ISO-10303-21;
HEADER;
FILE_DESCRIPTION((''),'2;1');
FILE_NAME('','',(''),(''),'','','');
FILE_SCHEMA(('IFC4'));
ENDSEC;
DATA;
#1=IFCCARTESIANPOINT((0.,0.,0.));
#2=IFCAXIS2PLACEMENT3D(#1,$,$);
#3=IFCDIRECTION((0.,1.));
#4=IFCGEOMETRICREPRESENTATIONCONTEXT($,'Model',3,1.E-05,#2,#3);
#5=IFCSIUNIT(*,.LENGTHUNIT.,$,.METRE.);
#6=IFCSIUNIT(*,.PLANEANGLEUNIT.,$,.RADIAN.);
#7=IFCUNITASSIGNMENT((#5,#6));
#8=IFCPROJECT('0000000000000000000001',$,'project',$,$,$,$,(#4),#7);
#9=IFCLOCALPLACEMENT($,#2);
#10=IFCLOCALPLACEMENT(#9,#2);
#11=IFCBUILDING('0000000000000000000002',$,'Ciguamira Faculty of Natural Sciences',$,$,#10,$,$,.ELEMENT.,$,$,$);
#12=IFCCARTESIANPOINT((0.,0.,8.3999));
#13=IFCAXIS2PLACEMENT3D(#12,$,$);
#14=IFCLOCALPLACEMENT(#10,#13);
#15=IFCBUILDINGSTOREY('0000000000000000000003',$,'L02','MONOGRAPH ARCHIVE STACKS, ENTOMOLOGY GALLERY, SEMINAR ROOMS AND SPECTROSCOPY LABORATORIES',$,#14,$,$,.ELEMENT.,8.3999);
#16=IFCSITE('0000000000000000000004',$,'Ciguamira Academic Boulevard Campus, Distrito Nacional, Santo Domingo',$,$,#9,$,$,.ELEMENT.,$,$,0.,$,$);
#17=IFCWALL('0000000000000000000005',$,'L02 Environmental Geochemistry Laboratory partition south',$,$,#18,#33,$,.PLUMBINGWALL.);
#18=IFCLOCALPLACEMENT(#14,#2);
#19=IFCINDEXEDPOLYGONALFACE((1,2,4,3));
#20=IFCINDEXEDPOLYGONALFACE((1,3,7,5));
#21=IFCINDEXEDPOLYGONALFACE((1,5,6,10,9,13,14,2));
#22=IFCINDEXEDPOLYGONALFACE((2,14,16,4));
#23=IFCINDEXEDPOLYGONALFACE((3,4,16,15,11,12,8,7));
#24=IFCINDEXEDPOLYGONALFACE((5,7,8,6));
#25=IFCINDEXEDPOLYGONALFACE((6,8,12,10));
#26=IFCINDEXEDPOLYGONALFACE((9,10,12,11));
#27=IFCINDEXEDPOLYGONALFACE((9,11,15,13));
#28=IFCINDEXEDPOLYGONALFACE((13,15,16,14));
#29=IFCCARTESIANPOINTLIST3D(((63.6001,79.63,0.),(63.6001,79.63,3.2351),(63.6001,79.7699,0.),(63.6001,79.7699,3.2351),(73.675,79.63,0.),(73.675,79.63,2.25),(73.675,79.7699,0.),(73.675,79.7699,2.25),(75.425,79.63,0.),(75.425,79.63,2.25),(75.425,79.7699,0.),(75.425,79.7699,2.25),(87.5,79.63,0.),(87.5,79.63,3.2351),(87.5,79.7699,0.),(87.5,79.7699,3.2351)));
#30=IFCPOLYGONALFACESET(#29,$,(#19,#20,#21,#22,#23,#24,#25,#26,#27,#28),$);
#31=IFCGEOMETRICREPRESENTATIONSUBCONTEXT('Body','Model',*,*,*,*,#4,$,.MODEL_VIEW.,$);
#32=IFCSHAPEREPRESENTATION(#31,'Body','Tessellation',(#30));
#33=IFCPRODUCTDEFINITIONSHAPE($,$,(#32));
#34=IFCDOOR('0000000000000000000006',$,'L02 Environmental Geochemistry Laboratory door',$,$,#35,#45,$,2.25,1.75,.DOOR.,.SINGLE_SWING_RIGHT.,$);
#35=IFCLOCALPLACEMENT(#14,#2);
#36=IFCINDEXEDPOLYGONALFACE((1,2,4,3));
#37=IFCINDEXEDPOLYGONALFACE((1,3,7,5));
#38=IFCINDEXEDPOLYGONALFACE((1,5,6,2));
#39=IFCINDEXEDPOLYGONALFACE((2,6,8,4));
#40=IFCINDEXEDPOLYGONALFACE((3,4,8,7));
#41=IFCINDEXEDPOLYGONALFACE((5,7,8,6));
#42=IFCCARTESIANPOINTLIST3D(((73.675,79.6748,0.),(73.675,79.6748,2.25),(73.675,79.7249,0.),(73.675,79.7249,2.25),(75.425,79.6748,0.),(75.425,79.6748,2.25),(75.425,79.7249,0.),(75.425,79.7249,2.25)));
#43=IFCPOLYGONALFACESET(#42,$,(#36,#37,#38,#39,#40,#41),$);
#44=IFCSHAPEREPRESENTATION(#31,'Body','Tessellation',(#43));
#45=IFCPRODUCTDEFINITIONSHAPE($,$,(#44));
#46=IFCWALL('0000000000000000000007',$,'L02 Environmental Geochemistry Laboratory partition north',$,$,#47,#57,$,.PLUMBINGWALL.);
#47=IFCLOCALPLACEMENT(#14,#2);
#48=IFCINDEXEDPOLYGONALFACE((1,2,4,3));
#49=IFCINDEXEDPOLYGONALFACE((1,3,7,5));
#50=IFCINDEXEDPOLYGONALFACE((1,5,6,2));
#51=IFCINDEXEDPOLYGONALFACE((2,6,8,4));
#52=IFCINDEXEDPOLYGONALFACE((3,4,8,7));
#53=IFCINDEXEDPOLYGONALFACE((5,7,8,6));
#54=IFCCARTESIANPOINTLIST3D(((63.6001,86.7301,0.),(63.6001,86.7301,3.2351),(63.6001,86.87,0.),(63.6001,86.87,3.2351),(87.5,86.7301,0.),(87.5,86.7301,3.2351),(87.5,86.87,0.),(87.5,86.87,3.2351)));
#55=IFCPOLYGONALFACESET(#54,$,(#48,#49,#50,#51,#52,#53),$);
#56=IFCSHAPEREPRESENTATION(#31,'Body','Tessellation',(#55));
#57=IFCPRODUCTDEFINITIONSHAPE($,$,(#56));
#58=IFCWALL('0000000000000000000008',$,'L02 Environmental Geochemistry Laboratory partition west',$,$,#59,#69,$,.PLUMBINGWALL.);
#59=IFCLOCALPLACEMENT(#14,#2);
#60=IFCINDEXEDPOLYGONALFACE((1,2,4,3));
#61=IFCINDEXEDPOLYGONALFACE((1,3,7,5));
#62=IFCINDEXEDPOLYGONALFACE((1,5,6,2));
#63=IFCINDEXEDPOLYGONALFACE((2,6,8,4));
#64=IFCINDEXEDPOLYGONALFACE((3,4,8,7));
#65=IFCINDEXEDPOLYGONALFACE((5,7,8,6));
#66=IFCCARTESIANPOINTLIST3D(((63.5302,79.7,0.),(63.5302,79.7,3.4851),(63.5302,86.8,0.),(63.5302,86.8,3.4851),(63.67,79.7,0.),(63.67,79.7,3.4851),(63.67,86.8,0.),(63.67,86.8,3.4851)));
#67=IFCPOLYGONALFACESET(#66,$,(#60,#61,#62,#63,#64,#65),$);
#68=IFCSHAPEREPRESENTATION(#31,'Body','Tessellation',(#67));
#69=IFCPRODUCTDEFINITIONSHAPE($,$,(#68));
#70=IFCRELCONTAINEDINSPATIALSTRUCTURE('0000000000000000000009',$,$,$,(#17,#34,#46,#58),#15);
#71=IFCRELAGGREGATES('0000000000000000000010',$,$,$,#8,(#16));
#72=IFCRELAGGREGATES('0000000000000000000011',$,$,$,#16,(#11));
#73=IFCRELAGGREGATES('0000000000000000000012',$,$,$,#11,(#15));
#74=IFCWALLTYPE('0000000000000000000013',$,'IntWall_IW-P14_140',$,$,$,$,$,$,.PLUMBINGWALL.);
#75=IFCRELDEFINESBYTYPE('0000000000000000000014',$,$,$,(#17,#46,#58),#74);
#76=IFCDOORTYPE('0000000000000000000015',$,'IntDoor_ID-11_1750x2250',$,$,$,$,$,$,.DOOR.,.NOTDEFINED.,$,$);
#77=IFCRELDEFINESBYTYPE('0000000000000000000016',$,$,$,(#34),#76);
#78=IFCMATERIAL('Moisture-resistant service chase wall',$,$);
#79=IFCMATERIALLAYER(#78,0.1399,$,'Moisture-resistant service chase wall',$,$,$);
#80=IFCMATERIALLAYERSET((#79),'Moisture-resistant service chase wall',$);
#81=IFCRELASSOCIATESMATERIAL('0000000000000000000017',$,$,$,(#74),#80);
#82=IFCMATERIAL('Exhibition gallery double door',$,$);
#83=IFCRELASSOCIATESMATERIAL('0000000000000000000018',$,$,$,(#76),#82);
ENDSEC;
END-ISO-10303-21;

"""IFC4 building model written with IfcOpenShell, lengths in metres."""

from ifc_helpers import new_model, si_unit, direction, frame, frame_2d, origin, place, context, subcontext, project, spatial, rectangle, extrude, material, layer, layer_set, type_object, element, fill, save


model = new_model("IFC4")

# Units and contexts
model_context = context("Model", 3, precision=1e-05, world=origin(), true_north=direction((0.0, 1.0)))
body_context = subcontext(model_context, "Body", "Model", "MODEL_VIEW")
ifc_project = project(units=[si_unit("LENGTHUNIT", "METRE"), si_unit("PLANEANGLEUNIT", "RADIAN")], contexts=[model_context])

# Site, building, storey
site_placement = place(None, origin())
site = spatial("IfcSite", under=ifc_project, at=site_placement, Name="Ciguamira Academic Boulevard Campus, Distrito Nacional, Santo Domingo", CompositionType="ELEMENT", RefElevation=0.0)
building_placement = place(site_placement, origin())
building = spatial("IfcBuilding", under=site, at=building_placement, Name="Ciguamira Faculty of Natural Sciences", CompositionType="ELEMENT")
storey_placement = place(building_placement, frame((0.0, 0.0, 8.3999)))
storey = spatial("IfcBuildingStorey", under=building, at=storey_placement, Name="L02", Description="MONOGRAPH ARCHIVE STACKS, ENTOMOLOGY GALLERY, SEMINAR ROOMS AND SPECTROSCOPY LABORATORIES", CompositionType="ELEMENT", Elevation=8.3999)

# Wall, opening, door
ifc_material_1 = material(Name="Moisture-resistant service chase wall")
ifc_layer_1 = layer(ifc_material_1, 0.1399, Name="Moisture-resistant service chase wall")
ifc_layer_set_1 = layer_set([ifc_layer_1], Name="Moisture-resistant service chase wall")
wall_type_1 = type_object("IfcWallType", Name="IntWall_IW-P14_140", PredefinedType="PLUMBINGWALL", material=ifc_layer_set_1)
wall_1_placement = place(storey_placement, frame((63.6001, 79.7, 0.0), z_axis=(0.0, 0.0, 1.0), x_axis=(1.0, 0.0, 0.0)))
wall_1 = element("IfcWall", 1, at=wall_1_placement, inside=storey, type_object=wall_type_1, Name="L02 Environmental Geochemistry Laboratory partition south", PredefinedType="PLUMBINGWALL", context=body_context, shape_type="SweptSolid", body=[
    extrude(rectangle(XDim=23.8999, YDim=0.1399, at=frame_2d((11.95, 0.0))), origin(), (0.0, 0.0, 1.0), 3.2351),
])
opening_1_placement = place(wall_1_placement, frame((10.075, 0.0, 0.0)))
opening_1 = element("IfcOpeningElement", 2, at=opening_1_placement, cuts=wall_1, PredefinedType="OPENING", context=body_context, shape_type="SweptSolid", body=[
    extrude(rectangle(XDim=1.75, YDim=2.25, at=frame_2d((0.875, 1.125))), frame((0.0, 0.0798, 0.0), z_axis=(0.0, -1.0, 0.0), x_axis=(1.0, 0.0, 0.0)), (0.0, 0.0, 1.0), 0.1599),
])
ifc_material_2 = material(Name="Exhibition gallery double door")
door_type_1 = type_object("IfcDoorType", Name="IntDoor_ID-11_1750x2250", OperationType="NOTDEFINED", PredefinedType="DOOR", material=ifc_material_2)
door_1_placement = place(opening_1_placement, origin())
door_1 = element("IfcDoor", 3, at=door_1_placement, inside=storey, type_object=door_type_1, Name="L02 Environmental Geochemistry Laboratory door", OperationType="SINGLE_SWING_RIGHT", OverallHeight=2.25, OverallWidth=1.75, PredefinedType="DOOR", context=body_context, shape_type="SweptSolid", body=[
    extrude(rectangle(XDim=1.75, YDim=2.25, at=frame_2d((0.875, 1.125))), frame((0.0, 0.0249, 0.0), z_axis=(0.0, -1.0, 0.0), x_axis=(1.0, 0.0, 0.0)), (0.0, 0.0, 1.0), 0.05),
])
fill(opening_1, door_1)

# Walls
wall_2_placement = place(storey_placement, frame((63.6001, 86.8, 0.0), z_axis=(0.0, 0.0, 1.0), x_axis=(1.0, 0.0, 0.0)))
element("IfcWall", 4, at=wall_2_placement, inside=storey, type_object=wall_type_1, Name="L02 Environmental Geochemistry Laboratory partition north", PredefinedType="PLUMBINGWALL", context=body_context, shape_type="SweptSolid", body=[
    extrude(rectangle(XDim=23.8999, YDim=0.1399, at=frame_2d((11.95, 0.0))), origin(), (0.0, 0.0, 1.0), 3.2351),
])
wall_3_placement = place(storey_placement, frame((63.6001, 79.7, 0.0), z_axis=(0.0, 0.0, 1.0), x_axis=(0.0, 1.0, 0.0)))
element("IfcWall", 5, at=wall_3_placement, inside=storey, type_object=wall_type_1, Name="L02 Environmental Geochemistry Laboratory partition west", PredefinedType="PLUMBINGWALL", context=body_context, shape_type="SweptSolid", body=[
    extrude(rectangle(XDim=7.1001, YDim=0.1399, at=frame_2d((3.55, 0.0))), origin(), (0.0, 0.0, 1.0), 3.4851),
])

save(model, "model.ifc")
